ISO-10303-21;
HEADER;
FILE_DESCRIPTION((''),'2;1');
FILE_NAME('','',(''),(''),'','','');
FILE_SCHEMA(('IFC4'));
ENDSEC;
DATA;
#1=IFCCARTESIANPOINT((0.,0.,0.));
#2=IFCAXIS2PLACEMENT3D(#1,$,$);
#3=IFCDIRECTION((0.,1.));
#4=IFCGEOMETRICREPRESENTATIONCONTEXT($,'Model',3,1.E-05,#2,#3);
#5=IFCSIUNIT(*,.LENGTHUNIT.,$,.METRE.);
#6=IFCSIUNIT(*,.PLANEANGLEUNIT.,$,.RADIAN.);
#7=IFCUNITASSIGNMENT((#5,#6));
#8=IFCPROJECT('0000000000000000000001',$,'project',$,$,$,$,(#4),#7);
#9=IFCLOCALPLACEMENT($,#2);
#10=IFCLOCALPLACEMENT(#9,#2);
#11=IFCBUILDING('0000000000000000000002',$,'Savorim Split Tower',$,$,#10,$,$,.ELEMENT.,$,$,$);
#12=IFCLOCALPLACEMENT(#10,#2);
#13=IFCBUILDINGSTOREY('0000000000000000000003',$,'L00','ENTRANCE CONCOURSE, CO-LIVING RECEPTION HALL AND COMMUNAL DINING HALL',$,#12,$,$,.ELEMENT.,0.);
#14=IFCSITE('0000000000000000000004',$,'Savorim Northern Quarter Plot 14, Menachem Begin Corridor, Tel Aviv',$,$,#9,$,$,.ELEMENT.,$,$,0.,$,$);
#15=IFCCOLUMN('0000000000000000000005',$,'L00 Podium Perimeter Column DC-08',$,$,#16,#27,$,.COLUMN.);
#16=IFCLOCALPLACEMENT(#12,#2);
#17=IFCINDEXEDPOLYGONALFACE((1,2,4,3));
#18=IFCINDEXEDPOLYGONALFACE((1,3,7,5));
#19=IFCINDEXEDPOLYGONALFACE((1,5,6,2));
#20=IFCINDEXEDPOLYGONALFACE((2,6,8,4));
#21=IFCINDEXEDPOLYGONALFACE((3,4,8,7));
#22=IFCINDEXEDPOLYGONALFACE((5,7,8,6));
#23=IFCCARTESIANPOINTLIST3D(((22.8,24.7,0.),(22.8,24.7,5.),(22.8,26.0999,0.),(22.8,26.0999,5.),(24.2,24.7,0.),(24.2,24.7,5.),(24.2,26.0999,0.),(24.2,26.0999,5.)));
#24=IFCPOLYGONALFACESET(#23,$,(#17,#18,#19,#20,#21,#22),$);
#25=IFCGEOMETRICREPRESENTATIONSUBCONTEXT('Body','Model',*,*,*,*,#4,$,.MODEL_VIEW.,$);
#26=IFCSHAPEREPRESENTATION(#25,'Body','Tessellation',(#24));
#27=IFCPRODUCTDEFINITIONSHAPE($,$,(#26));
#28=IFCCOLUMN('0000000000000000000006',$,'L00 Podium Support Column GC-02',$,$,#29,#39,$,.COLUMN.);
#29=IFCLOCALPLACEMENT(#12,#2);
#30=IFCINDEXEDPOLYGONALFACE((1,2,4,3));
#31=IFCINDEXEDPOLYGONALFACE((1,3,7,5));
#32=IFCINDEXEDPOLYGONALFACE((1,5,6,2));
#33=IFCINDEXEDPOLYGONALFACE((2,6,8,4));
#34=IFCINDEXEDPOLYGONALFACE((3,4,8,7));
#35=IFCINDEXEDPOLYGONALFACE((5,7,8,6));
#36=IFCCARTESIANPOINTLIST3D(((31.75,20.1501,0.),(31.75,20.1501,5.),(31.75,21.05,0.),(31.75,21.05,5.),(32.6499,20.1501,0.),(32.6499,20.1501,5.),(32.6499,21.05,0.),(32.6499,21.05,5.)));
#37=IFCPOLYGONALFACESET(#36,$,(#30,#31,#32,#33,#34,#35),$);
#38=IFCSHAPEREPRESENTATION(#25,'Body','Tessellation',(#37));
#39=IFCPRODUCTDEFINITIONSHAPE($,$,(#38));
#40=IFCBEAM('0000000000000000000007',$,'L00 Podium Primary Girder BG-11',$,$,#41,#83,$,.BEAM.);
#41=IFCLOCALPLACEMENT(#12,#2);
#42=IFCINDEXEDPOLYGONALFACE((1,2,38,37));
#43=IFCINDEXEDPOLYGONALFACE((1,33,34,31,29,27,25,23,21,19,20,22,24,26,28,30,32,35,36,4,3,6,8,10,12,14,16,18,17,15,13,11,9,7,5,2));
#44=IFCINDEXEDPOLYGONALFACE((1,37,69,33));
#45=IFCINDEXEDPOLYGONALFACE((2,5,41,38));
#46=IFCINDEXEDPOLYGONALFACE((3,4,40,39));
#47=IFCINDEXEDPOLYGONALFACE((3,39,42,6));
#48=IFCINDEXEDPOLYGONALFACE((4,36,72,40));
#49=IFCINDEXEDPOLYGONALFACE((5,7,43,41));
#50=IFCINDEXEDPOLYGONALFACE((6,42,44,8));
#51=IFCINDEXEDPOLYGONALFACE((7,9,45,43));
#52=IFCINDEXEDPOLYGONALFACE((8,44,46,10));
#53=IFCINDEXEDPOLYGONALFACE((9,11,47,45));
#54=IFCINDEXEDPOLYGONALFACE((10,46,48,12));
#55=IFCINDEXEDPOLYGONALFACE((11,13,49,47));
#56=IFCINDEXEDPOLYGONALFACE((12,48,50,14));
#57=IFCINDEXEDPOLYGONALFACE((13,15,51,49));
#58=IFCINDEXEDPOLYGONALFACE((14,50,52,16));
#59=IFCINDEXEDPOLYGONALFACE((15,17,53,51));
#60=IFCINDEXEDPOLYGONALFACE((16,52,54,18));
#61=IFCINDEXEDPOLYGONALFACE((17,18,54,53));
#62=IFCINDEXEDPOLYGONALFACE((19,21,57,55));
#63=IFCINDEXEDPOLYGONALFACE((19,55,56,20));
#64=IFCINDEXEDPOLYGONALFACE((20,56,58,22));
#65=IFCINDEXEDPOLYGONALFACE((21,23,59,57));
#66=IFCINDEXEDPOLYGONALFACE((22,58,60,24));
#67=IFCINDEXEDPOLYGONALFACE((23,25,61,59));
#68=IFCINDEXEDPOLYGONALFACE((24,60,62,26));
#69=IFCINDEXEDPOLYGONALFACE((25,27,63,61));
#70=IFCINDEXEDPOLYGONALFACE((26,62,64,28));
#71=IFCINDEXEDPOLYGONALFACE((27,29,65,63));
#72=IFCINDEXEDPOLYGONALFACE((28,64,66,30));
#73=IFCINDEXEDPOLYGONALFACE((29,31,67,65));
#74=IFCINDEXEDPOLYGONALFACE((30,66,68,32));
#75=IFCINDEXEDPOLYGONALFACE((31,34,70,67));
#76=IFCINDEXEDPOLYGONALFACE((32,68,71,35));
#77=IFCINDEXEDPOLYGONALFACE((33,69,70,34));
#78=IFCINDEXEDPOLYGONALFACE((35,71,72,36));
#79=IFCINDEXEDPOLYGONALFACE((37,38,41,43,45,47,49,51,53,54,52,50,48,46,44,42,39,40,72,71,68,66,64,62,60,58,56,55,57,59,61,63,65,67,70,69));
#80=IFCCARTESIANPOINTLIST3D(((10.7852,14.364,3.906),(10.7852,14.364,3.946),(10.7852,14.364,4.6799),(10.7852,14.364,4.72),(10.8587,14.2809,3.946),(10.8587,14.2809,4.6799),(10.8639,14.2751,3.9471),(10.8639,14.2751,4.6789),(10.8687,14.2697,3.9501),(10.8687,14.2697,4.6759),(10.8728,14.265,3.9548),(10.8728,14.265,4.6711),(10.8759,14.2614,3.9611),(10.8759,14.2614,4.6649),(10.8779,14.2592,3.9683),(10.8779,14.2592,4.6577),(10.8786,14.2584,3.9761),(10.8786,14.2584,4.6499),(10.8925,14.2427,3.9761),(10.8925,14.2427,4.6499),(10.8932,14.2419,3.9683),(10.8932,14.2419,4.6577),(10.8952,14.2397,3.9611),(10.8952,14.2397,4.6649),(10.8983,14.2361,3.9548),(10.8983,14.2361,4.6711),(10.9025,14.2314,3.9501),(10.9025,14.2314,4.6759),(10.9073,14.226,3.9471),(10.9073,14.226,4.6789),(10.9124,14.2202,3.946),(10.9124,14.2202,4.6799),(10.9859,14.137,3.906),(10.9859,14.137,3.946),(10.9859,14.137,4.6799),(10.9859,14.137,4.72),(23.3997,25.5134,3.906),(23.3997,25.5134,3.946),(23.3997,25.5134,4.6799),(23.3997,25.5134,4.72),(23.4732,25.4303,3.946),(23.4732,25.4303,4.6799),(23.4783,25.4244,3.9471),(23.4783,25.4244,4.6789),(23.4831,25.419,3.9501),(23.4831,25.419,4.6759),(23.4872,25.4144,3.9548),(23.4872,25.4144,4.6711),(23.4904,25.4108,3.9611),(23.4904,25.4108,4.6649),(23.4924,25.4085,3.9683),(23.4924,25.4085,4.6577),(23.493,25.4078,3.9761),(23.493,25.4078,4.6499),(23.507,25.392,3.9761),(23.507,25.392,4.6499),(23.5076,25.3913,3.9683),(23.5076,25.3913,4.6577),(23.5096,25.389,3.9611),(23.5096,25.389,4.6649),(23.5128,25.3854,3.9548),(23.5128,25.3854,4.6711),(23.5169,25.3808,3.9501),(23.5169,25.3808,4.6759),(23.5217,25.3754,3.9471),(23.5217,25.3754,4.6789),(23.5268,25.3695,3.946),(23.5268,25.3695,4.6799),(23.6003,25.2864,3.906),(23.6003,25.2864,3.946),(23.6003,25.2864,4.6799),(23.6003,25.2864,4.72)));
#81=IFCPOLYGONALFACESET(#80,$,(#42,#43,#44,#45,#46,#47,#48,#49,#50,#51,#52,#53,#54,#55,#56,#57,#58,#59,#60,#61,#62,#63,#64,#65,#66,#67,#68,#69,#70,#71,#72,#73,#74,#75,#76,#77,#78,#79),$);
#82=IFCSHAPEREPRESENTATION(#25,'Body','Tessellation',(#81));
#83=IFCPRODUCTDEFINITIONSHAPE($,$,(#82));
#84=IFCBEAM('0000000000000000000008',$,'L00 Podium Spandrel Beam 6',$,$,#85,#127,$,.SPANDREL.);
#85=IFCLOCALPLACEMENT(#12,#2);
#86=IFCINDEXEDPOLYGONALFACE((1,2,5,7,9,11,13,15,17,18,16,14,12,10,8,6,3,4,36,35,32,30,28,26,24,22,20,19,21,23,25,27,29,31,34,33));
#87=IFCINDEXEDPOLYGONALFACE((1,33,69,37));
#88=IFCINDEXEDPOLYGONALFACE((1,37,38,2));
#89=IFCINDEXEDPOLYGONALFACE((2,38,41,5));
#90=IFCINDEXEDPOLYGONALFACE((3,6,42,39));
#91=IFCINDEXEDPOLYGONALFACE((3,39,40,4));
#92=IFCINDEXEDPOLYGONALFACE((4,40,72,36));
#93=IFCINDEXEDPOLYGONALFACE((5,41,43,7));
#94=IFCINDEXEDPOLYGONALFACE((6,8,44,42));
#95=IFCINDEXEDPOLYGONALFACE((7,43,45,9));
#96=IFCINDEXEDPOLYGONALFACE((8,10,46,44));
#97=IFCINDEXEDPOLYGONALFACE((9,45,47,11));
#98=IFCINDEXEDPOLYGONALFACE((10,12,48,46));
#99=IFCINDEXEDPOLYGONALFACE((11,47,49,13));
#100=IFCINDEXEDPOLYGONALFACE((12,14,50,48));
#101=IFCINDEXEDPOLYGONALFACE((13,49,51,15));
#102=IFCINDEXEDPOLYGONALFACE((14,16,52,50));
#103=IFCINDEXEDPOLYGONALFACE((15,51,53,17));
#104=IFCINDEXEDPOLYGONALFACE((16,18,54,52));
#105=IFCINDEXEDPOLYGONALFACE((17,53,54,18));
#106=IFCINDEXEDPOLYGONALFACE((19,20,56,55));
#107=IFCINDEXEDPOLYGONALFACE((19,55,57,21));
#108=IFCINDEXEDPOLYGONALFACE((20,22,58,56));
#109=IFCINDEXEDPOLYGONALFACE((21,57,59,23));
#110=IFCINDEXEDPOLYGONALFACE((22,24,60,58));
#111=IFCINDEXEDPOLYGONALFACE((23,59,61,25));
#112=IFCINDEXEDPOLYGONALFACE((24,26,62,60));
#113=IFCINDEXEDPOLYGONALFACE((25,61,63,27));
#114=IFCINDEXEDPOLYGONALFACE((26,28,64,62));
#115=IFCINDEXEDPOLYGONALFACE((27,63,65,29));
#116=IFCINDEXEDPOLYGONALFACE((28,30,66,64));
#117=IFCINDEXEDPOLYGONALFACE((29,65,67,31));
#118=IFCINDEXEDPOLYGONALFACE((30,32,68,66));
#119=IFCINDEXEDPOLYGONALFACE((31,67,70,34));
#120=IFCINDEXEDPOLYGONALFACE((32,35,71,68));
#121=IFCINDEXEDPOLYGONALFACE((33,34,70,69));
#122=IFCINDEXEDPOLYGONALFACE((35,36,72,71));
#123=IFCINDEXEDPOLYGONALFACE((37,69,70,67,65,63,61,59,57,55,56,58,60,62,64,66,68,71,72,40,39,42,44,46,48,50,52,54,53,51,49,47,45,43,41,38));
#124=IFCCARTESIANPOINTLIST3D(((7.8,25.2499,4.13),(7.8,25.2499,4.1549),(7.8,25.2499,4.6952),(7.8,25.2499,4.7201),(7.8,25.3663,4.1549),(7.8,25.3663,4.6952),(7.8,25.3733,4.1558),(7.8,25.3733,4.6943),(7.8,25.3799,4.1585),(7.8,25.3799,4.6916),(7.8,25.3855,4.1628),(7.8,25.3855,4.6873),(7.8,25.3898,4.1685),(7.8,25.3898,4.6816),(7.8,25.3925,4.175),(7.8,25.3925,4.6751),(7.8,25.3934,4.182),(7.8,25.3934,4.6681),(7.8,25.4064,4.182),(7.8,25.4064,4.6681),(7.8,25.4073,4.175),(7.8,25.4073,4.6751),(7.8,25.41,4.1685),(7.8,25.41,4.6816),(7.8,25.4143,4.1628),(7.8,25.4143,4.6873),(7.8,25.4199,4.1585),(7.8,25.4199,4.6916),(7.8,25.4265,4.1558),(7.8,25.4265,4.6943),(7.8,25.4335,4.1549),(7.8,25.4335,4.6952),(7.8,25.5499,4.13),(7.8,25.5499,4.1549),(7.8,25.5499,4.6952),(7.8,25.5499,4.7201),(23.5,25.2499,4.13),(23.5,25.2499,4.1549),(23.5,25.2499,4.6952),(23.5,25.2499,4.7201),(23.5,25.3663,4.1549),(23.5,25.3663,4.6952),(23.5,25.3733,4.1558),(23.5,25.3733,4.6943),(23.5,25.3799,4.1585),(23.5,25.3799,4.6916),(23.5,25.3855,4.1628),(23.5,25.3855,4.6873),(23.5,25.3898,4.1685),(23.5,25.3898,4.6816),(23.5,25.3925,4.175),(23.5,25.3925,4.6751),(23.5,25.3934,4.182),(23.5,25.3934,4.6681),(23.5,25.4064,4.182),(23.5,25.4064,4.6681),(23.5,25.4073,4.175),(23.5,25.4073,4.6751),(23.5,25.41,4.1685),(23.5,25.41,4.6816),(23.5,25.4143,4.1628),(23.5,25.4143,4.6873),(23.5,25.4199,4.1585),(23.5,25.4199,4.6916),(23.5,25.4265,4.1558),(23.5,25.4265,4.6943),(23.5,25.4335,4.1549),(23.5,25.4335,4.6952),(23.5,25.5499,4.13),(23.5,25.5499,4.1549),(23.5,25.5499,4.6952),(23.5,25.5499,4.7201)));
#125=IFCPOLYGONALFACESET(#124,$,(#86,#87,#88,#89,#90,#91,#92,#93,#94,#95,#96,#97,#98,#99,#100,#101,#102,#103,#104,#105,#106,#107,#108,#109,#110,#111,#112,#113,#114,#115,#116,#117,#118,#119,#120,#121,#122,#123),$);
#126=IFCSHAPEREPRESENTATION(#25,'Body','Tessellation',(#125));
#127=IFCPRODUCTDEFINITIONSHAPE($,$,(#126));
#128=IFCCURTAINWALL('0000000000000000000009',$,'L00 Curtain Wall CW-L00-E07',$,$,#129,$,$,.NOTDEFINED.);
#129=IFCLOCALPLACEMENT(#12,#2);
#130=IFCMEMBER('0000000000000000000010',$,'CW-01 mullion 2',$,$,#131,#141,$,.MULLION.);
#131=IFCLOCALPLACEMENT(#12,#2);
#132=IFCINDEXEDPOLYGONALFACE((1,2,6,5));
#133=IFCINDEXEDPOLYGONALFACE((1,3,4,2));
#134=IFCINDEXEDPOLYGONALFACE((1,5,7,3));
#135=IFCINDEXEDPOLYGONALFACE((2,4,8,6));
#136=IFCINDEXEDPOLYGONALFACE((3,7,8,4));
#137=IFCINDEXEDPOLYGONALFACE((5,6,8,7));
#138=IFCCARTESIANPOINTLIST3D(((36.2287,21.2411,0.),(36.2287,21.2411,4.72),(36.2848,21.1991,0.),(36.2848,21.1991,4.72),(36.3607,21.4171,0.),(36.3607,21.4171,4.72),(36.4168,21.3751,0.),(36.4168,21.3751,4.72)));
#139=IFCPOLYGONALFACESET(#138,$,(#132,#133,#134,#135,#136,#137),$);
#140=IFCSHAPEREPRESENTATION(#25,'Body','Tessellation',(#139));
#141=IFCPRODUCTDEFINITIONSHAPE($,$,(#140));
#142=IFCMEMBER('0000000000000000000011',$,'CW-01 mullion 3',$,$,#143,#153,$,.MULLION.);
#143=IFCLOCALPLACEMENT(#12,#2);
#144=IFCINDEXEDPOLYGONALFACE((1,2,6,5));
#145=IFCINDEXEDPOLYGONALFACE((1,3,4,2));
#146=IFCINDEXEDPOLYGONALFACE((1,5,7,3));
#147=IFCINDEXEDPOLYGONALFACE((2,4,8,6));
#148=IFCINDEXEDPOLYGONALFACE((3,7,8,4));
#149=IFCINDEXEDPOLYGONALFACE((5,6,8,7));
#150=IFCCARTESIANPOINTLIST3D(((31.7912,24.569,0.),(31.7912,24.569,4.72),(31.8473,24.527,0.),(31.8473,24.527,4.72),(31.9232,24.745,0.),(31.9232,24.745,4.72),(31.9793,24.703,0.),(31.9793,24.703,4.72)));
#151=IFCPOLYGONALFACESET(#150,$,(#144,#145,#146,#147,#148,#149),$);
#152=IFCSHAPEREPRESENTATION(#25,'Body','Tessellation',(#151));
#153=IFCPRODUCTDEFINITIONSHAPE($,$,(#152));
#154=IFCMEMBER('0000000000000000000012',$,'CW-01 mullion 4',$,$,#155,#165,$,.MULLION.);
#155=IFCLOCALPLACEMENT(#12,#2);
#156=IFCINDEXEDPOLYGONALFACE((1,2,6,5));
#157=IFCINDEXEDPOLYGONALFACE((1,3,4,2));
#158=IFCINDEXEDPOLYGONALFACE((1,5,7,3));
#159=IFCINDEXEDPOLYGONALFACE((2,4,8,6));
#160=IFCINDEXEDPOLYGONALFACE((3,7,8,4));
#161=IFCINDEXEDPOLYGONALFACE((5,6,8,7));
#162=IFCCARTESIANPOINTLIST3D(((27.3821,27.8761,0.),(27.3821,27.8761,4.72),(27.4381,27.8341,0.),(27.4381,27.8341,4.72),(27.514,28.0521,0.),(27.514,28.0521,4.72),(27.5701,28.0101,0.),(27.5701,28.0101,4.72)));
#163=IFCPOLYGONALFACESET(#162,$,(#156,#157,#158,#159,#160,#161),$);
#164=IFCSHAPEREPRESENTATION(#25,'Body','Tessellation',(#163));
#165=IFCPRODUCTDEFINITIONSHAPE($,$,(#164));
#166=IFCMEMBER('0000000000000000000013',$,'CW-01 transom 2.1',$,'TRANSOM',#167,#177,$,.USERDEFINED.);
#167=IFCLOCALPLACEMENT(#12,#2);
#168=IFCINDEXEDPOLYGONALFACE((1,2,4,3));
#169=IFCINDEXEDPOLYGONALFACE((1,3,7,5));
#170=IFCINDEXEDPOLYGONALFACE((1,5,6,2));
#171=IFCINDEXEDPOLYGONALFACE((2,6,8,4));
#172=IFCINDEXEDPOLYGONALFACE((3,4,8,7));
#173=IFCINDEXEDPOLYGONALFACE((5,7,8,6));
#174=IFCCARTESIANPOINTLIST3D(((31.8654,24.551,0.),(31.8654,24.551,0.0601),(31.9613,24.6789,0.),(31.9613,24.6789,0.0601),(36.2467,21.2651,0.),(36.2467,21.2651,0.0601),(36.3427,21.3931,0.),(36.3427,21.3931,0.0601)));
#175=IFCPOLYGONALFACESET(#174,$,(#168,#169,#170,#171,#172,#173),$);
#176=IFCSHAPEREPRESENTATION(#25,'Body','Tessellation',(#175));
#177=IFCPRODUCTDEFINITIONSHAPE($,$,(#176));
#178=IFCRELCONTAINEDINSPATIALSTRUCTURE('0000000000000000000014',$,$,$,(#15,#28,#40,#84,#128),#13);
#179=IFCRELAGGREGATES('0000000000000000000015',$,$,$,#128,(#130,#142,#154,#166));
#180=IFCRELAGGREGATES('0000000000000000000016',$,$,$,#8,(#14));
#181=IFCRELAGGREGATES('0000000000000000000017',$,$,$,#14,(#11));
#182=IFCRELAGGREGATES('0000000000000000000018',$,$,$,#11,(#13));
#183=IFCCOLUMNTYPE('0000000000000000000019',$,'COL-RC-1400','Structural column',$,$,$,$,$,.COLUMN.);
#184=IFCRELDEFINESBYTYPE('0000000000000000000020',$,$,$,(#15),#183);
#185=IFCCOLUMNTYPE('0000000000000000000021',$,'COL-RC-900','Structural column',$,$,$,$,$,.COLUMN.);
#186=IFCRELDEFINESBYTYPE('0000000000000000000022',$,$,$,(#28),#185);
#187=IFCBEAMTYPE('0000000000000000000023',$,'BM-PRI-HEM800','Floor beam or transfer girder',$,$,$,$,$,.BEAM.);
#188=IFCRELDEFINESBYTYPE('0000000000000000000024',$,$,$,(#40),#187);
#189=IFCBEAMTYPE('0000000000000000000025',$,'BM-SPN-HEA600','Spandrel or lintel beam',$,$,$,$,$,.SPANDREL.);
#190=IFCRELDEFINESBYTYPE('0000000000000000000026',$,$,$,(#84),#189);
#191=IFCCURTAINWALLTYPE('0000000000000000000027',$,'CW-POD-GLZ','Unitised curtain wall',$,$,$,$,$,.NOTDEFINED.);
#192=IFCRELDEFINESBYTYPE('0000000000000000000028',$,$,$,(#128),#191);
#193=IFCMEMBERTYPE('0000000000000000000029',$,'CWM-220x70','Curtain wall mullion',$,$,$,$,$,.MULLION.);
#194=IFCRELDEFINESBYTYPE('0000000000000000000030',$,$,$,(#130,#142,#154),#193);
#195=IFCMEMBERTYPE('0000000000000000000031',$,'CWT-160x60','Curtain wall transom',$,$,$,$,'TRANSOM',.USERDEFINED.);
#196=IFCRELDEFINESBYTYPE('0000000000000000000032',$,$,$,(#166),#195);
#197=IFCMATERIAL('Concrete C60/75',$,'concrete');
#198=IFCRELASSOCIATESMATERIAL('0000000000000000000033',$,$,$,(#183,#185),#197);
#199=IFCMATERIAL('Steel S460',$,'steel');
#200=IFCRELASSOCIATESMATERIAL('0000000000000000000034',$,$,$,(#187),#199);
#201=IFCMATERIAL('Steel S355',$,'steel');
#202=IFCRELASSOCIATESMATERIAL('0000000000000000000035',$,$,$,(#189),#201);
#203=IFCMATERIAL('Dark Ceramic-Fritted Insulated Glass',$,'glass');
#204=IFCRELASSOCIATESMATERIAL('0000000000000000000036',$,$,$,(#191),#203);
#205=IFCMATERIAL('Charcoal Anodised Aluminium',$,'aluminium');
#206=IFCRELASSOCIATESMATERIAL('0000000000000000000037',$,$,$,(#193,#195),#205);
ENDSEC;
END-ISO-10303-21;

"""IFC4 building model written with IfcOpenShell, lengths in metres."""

from ifc_helpers import new_model, si_unit, direction, frame, origin, origin_2d, place, context, subcontext, project, spatial, rectangle, i_section, extrude, material, material_profile, profile_set, type_object, element, aggregate, save


model = new_model("IFC4")

# Units and contexts
model_context = context("Model", 3, precision=1e-05, world=origin(), true_north=direction((0.0, 1.0)))
body_context = subcontext(model_context, "Body", "Model", "MODEL_VIEW")
ifc_project = project(units=[si_unit("LENGTHUNIT", "METRE"), si_unit("PLANEANGLEUNIT", "RADIAN")], contexts=[model_context])

# Site, building, storey
site_placement = place(None, origin())
site = spatial("IfcSite", under=ifc_project, at=site_placement, Name="Savorim Northern Quarter Plot 14, Menachem Begin Corridor, Tel Aviv", CompositionType="ELEMENT", RefElevation=0.0)
building_placement = place(site_placement, origin())
building = spatial("IfcBuilding", under=site, at=building_placement, Name="Savorim Split Tower", CompositionType="ELEMENT")
storey_placement = place(building_placement, origin())
storey = spatial("IfcBuildingStorey", under=building, at=storey_placement, Name="L00", Description="ENTRANCE CONCOURSE, CO-LIVING RECEPTION HALL AND COMMUNAL DINING HALL", CompositionType="ELEMENT", Elevation=0.0)

# Columns
ifc_material_1 = material(Name="Concrete C60/75", Category="concrete")
ifc_material_profile_1 = material_profile(ifc_material_1, rectangle(XDim=1.3999, YDim=1.3999, at=origin_2d()), Name="RC 1400x1400")
ifc_profile_set_1 = profile_set([ifc_material_profile_1], Name="Concrete C60/75")
column_type_1 = type_object("IfcColumnType", Name="COL-RC-1400", Description="Structural column", PredefinedType="COLUMN", material=ifc_profile_set_1)
column_1_placement = place(storey_placement, frame((23.5, 25.3999, 0.0), z_axis=(0.0, 0.0, 1.0), x_axis=(1.0, 0.0, 0.0)))
element("IfcColumn", 1, at=column_1_placement, inside=storey, type_object=column_type_1, Name="L00 Podium Perimeter Column DC-08", PredefinedType="COLUMN", context=body_context, shape_type="SweptSolid", body=[
    extrude(rectangle(XDim=1.3999, YDim=1.3999, at=origin_2d()), origin(), (0.0, 0.0, 1.0), 5.0),
])
ifc_material_profile_2 = material_profile(ifc_material_1, rectangle(XDim=0.8999, YDim=0.8999, at=origin_2d()), Name="RC 900x900")
ifc_profile_set_2 = profile_set([ifc_material_profile_2], Name="Concrete C60/75")
column_type_2 = type_object("IfcColumnType", Name="COL-RC-900", Description="Structural column", PredefinedType="COLUMN", material=ifc_profile_set_2)
column_2_placement = place(storey_placement, frame((32.2, 20.6001, 0.0), z_axis=(0.0, 0.0, 1.0), x_axis=(1.0, 0.0, 0.0)))
element("IfcColumn", 2, at=column_2_placement, inside=storey, type_object=column_type_2, Name="L00 Podium Support Column GC-02", PredefinedType="COLUMN", context=body_context, shape_type="SweptSolid", body=[
    extrude(rectangle(XDim=0.8999, YDim=0.8999, at=origin_2d()), origin(), (0.0, 0.0, 1.0), 5.0),
])

# Beams
ifc_material_2 = material(Name="Steel S460", Category="steel")
ifc_material_profile_3 = material_profile(ifc_material_2, i_section(OverallWidth=0.303, OverallDepth=0.814, WebThickness=0.021, FlangeThickness=0.04, FilletRadius=0.03, at=origin_2d()), Name="HE 800 M")
ifc_profile_set_3 = profile_set([ifc_material_profile_3], Name="Steel S460")
beam_type_1 = type_object("IfcBeamType", Name="BM-PRI-HEM800", Description="Floor beam or transfer girder", PredefinedType="BEAM", material=ifc_profile_set_3)
beam_1_placement = place(storey_placement, frame((23.5, 25.3999, 4.313), z_axis=(-0.749279, -0.662255, 0.0), x_axis=(0.662255, -0.749279, 0.0)))
element("IfcBeam", 3, at=beam_1_placement, inside=storey, type_object=beam_type_1, Name="L00 Podium Primary Girder BG-11", PredefinedType="BEAM", context=body_context, shape_type="SweptSolid", body=[
    extrude(i_section(OverallWidth=0.303, OverallDepth=0.814, WebThickness=0.021, FlangeThickness=0.04, FilletRadius=0.03, at=origin_2d()), origin(), (0.0, 0.0, 1.0), 16.8354),
])
ifc_material_3 = material(Name="Steel S355", Category="steel")
ifc_material_profile_4 = material_profile(ifc_material_3, i_section(OverallWidth=0.3, OverallDepth=0.5901, WebThickness=0.0129, FlangeThickness=0.0249, FilletRadius=0.0271, at=origin_2d()), Name="HEA 600")
ifc_profile_set_4 = profile_set([ifc_material_profile_4], Name="Steel S355")
beam_type_2 = type_object("IfcBeamType", Name="BM-SPN-HEA600", Description="Spandrel or lintel beam", PredefinedType="SPANDREL", material=ifc_profile_set_4)
beam_2_placement = place(storey_placement, frame((23.5, 25.3999, 4.425), z_axis=(-1.0, 0.0, 0.0), x_axis=(0.0, -1.0, 0.0)))
element("IfcBeam", 4, at=beam_2_placement, inside=storey, type_object=beam_type_2, Name="L00 Podium Spandrel Beam 6", PredefinedType="SPANDREL", context=body_context, shape_type="SweptSolid", body=[
    extrude(i_section(OverallWidth=0.3, OverallDepth=0.5901, WebThickness=0.0129, FlangeThickness=0.0249, FilletRadius=0.0271, at=origin_2d()), origin(), (0.0, 0.0, 1.0), 15.7),
])

# Curtain wall, members
ifc_material_4 = material(Name="Dark Ceramic-Fritted Insulated Glass", Category="glass")
curtain_wall_type = type_object("IfcCurtainWallType", Name="CW-POD-GLZ", Description="Unitised curtain wall", PredefinedType="NOTDEFINED", material=ifc_material_4)
curtain_wall_placement = place(storey_placement, origin())
curtain_wall = element("IfcCurtainWall", 5, at=curtain_wall_placement, inside=storey, type_object=curtain_wall_type, Name="L00 Curtain Wall CW-L00-E07", PredefinedType="NOTDEFINED")
ifc_material_5 = material(Name="Charcoal Anodised Aluminium", Category="aluminium")
ifc_material_profile_5 = material_profile(ifc_material_5, rectangle(XDim=0.22, YDim=0.0701, at=origin_2d()), Name="ALU-M 220x70")
ifc_profile_set_5 = profile_set([ifc_material_profile_5], Name="Charcoal Anodised Aluminium")
member_type_1 = type_object("IfcMemberType", Name="CWM-220x70", Description="Curtain wall mullion", PredefinedType="MULLION", material=ifc_profile_set_5)
member_1_placement = place(storey_placement, frame((36.3228, 21.3081, 0.0), z_axis=(0.0, 0.0, 1.0), x_axis=(-0.6, -0.8, 0.0)))
member_1 = element("IfcMember", 6, at=member_1_placement, type_object=member_type_1, Name="CW-01 mullion 2", PredefinedType="MULLION", context=body_context, shape_type="SweptSolid", body=[
    extrude(rectangle(XDim=0.22, YDim=0.0701, at=origin_2d()), origin(), (0.0, 0.0, 1.0), 4.72),
])
member_2_placement = place(storey_placement, frame((31.8853, 24.636, 0.0), z_axis=(0.0, 0.0, 1.0), x_axis=(-0.6, -0.8, 0.0)))
member_2 = element("IfcMember", 7, at=member_2_placement, type_object=member_type_1, Name="CW-01 mullion 3", PredefinedType="MULLION", context=body_context, shape_type="SweptSolid", body=[
    extrude(rectangle(XDim=0.22, YDim=0.0701, at=origin_2d()), origin(), (0.0, 0.0, 1.0), 4.72),
])
member_3_placement = place(storey_placement, frame((27.4761, 27.9431, 0.0), z_axis=(0.0, 0.0, 1.0), x_axis=(-0.6, -0.8, 0.0)))
member_3 = element("IfcMember", 8, at=member_3_placement, type_object=member_type_1, Name="CW-01 mullion 4", PredefinedType="MULLION", context=body_context, shape_type="SweptSolid", body=[
    extrude(rectangle(XDim=0.22, YDim=0.0701, at=origin_2d()), origin(), (0.0, 0.0, 1.0), 4.72),
])
ifc_material_profile_6 = material_profile(ifc_material_5, rectangle(XDim=0.1599, YDim=0.0601, at=origin_2d()), Name="ALU-T 160x60")
ifc_profile_set_6 = profile_set([ifc_material_profile_6], Name="Charcoal Anodised Aluminium")
member_type_2 = type_object("IfcMemberType", Name="CWT-160x60", Description="Curtain wall transom", ElementType="TRANSOM", PredefinedType="USERDEFINED", material=ifc_profile_set_6)
member_4_placement = place(storey_placement, frame((36.2947, 21.3291, 0.03), z_axis=(-0.800011, 0.599986, 0.0), x_axis=(-0.599986, -0.800011, 0.0)))
member_4 = element("IfcMember", 9, at=member_4_placement, type_object=member_type_2, Name="CW-01 transom 2.1", ObjectType="TRANSOM", PredefinedType="USERDEFINED", context=body_context, shape_type="SweptSolid", body=[
    extrude(rectangle(XDim=0.1599, YDim=0.0601, at=origin_2d()), origin(), (0.0, 0.0, 1.0), 5.4766),
])
aggregate(curtain_wall, [member_1, member_2, member_3, member_4])

save(model, "model.ifc")
